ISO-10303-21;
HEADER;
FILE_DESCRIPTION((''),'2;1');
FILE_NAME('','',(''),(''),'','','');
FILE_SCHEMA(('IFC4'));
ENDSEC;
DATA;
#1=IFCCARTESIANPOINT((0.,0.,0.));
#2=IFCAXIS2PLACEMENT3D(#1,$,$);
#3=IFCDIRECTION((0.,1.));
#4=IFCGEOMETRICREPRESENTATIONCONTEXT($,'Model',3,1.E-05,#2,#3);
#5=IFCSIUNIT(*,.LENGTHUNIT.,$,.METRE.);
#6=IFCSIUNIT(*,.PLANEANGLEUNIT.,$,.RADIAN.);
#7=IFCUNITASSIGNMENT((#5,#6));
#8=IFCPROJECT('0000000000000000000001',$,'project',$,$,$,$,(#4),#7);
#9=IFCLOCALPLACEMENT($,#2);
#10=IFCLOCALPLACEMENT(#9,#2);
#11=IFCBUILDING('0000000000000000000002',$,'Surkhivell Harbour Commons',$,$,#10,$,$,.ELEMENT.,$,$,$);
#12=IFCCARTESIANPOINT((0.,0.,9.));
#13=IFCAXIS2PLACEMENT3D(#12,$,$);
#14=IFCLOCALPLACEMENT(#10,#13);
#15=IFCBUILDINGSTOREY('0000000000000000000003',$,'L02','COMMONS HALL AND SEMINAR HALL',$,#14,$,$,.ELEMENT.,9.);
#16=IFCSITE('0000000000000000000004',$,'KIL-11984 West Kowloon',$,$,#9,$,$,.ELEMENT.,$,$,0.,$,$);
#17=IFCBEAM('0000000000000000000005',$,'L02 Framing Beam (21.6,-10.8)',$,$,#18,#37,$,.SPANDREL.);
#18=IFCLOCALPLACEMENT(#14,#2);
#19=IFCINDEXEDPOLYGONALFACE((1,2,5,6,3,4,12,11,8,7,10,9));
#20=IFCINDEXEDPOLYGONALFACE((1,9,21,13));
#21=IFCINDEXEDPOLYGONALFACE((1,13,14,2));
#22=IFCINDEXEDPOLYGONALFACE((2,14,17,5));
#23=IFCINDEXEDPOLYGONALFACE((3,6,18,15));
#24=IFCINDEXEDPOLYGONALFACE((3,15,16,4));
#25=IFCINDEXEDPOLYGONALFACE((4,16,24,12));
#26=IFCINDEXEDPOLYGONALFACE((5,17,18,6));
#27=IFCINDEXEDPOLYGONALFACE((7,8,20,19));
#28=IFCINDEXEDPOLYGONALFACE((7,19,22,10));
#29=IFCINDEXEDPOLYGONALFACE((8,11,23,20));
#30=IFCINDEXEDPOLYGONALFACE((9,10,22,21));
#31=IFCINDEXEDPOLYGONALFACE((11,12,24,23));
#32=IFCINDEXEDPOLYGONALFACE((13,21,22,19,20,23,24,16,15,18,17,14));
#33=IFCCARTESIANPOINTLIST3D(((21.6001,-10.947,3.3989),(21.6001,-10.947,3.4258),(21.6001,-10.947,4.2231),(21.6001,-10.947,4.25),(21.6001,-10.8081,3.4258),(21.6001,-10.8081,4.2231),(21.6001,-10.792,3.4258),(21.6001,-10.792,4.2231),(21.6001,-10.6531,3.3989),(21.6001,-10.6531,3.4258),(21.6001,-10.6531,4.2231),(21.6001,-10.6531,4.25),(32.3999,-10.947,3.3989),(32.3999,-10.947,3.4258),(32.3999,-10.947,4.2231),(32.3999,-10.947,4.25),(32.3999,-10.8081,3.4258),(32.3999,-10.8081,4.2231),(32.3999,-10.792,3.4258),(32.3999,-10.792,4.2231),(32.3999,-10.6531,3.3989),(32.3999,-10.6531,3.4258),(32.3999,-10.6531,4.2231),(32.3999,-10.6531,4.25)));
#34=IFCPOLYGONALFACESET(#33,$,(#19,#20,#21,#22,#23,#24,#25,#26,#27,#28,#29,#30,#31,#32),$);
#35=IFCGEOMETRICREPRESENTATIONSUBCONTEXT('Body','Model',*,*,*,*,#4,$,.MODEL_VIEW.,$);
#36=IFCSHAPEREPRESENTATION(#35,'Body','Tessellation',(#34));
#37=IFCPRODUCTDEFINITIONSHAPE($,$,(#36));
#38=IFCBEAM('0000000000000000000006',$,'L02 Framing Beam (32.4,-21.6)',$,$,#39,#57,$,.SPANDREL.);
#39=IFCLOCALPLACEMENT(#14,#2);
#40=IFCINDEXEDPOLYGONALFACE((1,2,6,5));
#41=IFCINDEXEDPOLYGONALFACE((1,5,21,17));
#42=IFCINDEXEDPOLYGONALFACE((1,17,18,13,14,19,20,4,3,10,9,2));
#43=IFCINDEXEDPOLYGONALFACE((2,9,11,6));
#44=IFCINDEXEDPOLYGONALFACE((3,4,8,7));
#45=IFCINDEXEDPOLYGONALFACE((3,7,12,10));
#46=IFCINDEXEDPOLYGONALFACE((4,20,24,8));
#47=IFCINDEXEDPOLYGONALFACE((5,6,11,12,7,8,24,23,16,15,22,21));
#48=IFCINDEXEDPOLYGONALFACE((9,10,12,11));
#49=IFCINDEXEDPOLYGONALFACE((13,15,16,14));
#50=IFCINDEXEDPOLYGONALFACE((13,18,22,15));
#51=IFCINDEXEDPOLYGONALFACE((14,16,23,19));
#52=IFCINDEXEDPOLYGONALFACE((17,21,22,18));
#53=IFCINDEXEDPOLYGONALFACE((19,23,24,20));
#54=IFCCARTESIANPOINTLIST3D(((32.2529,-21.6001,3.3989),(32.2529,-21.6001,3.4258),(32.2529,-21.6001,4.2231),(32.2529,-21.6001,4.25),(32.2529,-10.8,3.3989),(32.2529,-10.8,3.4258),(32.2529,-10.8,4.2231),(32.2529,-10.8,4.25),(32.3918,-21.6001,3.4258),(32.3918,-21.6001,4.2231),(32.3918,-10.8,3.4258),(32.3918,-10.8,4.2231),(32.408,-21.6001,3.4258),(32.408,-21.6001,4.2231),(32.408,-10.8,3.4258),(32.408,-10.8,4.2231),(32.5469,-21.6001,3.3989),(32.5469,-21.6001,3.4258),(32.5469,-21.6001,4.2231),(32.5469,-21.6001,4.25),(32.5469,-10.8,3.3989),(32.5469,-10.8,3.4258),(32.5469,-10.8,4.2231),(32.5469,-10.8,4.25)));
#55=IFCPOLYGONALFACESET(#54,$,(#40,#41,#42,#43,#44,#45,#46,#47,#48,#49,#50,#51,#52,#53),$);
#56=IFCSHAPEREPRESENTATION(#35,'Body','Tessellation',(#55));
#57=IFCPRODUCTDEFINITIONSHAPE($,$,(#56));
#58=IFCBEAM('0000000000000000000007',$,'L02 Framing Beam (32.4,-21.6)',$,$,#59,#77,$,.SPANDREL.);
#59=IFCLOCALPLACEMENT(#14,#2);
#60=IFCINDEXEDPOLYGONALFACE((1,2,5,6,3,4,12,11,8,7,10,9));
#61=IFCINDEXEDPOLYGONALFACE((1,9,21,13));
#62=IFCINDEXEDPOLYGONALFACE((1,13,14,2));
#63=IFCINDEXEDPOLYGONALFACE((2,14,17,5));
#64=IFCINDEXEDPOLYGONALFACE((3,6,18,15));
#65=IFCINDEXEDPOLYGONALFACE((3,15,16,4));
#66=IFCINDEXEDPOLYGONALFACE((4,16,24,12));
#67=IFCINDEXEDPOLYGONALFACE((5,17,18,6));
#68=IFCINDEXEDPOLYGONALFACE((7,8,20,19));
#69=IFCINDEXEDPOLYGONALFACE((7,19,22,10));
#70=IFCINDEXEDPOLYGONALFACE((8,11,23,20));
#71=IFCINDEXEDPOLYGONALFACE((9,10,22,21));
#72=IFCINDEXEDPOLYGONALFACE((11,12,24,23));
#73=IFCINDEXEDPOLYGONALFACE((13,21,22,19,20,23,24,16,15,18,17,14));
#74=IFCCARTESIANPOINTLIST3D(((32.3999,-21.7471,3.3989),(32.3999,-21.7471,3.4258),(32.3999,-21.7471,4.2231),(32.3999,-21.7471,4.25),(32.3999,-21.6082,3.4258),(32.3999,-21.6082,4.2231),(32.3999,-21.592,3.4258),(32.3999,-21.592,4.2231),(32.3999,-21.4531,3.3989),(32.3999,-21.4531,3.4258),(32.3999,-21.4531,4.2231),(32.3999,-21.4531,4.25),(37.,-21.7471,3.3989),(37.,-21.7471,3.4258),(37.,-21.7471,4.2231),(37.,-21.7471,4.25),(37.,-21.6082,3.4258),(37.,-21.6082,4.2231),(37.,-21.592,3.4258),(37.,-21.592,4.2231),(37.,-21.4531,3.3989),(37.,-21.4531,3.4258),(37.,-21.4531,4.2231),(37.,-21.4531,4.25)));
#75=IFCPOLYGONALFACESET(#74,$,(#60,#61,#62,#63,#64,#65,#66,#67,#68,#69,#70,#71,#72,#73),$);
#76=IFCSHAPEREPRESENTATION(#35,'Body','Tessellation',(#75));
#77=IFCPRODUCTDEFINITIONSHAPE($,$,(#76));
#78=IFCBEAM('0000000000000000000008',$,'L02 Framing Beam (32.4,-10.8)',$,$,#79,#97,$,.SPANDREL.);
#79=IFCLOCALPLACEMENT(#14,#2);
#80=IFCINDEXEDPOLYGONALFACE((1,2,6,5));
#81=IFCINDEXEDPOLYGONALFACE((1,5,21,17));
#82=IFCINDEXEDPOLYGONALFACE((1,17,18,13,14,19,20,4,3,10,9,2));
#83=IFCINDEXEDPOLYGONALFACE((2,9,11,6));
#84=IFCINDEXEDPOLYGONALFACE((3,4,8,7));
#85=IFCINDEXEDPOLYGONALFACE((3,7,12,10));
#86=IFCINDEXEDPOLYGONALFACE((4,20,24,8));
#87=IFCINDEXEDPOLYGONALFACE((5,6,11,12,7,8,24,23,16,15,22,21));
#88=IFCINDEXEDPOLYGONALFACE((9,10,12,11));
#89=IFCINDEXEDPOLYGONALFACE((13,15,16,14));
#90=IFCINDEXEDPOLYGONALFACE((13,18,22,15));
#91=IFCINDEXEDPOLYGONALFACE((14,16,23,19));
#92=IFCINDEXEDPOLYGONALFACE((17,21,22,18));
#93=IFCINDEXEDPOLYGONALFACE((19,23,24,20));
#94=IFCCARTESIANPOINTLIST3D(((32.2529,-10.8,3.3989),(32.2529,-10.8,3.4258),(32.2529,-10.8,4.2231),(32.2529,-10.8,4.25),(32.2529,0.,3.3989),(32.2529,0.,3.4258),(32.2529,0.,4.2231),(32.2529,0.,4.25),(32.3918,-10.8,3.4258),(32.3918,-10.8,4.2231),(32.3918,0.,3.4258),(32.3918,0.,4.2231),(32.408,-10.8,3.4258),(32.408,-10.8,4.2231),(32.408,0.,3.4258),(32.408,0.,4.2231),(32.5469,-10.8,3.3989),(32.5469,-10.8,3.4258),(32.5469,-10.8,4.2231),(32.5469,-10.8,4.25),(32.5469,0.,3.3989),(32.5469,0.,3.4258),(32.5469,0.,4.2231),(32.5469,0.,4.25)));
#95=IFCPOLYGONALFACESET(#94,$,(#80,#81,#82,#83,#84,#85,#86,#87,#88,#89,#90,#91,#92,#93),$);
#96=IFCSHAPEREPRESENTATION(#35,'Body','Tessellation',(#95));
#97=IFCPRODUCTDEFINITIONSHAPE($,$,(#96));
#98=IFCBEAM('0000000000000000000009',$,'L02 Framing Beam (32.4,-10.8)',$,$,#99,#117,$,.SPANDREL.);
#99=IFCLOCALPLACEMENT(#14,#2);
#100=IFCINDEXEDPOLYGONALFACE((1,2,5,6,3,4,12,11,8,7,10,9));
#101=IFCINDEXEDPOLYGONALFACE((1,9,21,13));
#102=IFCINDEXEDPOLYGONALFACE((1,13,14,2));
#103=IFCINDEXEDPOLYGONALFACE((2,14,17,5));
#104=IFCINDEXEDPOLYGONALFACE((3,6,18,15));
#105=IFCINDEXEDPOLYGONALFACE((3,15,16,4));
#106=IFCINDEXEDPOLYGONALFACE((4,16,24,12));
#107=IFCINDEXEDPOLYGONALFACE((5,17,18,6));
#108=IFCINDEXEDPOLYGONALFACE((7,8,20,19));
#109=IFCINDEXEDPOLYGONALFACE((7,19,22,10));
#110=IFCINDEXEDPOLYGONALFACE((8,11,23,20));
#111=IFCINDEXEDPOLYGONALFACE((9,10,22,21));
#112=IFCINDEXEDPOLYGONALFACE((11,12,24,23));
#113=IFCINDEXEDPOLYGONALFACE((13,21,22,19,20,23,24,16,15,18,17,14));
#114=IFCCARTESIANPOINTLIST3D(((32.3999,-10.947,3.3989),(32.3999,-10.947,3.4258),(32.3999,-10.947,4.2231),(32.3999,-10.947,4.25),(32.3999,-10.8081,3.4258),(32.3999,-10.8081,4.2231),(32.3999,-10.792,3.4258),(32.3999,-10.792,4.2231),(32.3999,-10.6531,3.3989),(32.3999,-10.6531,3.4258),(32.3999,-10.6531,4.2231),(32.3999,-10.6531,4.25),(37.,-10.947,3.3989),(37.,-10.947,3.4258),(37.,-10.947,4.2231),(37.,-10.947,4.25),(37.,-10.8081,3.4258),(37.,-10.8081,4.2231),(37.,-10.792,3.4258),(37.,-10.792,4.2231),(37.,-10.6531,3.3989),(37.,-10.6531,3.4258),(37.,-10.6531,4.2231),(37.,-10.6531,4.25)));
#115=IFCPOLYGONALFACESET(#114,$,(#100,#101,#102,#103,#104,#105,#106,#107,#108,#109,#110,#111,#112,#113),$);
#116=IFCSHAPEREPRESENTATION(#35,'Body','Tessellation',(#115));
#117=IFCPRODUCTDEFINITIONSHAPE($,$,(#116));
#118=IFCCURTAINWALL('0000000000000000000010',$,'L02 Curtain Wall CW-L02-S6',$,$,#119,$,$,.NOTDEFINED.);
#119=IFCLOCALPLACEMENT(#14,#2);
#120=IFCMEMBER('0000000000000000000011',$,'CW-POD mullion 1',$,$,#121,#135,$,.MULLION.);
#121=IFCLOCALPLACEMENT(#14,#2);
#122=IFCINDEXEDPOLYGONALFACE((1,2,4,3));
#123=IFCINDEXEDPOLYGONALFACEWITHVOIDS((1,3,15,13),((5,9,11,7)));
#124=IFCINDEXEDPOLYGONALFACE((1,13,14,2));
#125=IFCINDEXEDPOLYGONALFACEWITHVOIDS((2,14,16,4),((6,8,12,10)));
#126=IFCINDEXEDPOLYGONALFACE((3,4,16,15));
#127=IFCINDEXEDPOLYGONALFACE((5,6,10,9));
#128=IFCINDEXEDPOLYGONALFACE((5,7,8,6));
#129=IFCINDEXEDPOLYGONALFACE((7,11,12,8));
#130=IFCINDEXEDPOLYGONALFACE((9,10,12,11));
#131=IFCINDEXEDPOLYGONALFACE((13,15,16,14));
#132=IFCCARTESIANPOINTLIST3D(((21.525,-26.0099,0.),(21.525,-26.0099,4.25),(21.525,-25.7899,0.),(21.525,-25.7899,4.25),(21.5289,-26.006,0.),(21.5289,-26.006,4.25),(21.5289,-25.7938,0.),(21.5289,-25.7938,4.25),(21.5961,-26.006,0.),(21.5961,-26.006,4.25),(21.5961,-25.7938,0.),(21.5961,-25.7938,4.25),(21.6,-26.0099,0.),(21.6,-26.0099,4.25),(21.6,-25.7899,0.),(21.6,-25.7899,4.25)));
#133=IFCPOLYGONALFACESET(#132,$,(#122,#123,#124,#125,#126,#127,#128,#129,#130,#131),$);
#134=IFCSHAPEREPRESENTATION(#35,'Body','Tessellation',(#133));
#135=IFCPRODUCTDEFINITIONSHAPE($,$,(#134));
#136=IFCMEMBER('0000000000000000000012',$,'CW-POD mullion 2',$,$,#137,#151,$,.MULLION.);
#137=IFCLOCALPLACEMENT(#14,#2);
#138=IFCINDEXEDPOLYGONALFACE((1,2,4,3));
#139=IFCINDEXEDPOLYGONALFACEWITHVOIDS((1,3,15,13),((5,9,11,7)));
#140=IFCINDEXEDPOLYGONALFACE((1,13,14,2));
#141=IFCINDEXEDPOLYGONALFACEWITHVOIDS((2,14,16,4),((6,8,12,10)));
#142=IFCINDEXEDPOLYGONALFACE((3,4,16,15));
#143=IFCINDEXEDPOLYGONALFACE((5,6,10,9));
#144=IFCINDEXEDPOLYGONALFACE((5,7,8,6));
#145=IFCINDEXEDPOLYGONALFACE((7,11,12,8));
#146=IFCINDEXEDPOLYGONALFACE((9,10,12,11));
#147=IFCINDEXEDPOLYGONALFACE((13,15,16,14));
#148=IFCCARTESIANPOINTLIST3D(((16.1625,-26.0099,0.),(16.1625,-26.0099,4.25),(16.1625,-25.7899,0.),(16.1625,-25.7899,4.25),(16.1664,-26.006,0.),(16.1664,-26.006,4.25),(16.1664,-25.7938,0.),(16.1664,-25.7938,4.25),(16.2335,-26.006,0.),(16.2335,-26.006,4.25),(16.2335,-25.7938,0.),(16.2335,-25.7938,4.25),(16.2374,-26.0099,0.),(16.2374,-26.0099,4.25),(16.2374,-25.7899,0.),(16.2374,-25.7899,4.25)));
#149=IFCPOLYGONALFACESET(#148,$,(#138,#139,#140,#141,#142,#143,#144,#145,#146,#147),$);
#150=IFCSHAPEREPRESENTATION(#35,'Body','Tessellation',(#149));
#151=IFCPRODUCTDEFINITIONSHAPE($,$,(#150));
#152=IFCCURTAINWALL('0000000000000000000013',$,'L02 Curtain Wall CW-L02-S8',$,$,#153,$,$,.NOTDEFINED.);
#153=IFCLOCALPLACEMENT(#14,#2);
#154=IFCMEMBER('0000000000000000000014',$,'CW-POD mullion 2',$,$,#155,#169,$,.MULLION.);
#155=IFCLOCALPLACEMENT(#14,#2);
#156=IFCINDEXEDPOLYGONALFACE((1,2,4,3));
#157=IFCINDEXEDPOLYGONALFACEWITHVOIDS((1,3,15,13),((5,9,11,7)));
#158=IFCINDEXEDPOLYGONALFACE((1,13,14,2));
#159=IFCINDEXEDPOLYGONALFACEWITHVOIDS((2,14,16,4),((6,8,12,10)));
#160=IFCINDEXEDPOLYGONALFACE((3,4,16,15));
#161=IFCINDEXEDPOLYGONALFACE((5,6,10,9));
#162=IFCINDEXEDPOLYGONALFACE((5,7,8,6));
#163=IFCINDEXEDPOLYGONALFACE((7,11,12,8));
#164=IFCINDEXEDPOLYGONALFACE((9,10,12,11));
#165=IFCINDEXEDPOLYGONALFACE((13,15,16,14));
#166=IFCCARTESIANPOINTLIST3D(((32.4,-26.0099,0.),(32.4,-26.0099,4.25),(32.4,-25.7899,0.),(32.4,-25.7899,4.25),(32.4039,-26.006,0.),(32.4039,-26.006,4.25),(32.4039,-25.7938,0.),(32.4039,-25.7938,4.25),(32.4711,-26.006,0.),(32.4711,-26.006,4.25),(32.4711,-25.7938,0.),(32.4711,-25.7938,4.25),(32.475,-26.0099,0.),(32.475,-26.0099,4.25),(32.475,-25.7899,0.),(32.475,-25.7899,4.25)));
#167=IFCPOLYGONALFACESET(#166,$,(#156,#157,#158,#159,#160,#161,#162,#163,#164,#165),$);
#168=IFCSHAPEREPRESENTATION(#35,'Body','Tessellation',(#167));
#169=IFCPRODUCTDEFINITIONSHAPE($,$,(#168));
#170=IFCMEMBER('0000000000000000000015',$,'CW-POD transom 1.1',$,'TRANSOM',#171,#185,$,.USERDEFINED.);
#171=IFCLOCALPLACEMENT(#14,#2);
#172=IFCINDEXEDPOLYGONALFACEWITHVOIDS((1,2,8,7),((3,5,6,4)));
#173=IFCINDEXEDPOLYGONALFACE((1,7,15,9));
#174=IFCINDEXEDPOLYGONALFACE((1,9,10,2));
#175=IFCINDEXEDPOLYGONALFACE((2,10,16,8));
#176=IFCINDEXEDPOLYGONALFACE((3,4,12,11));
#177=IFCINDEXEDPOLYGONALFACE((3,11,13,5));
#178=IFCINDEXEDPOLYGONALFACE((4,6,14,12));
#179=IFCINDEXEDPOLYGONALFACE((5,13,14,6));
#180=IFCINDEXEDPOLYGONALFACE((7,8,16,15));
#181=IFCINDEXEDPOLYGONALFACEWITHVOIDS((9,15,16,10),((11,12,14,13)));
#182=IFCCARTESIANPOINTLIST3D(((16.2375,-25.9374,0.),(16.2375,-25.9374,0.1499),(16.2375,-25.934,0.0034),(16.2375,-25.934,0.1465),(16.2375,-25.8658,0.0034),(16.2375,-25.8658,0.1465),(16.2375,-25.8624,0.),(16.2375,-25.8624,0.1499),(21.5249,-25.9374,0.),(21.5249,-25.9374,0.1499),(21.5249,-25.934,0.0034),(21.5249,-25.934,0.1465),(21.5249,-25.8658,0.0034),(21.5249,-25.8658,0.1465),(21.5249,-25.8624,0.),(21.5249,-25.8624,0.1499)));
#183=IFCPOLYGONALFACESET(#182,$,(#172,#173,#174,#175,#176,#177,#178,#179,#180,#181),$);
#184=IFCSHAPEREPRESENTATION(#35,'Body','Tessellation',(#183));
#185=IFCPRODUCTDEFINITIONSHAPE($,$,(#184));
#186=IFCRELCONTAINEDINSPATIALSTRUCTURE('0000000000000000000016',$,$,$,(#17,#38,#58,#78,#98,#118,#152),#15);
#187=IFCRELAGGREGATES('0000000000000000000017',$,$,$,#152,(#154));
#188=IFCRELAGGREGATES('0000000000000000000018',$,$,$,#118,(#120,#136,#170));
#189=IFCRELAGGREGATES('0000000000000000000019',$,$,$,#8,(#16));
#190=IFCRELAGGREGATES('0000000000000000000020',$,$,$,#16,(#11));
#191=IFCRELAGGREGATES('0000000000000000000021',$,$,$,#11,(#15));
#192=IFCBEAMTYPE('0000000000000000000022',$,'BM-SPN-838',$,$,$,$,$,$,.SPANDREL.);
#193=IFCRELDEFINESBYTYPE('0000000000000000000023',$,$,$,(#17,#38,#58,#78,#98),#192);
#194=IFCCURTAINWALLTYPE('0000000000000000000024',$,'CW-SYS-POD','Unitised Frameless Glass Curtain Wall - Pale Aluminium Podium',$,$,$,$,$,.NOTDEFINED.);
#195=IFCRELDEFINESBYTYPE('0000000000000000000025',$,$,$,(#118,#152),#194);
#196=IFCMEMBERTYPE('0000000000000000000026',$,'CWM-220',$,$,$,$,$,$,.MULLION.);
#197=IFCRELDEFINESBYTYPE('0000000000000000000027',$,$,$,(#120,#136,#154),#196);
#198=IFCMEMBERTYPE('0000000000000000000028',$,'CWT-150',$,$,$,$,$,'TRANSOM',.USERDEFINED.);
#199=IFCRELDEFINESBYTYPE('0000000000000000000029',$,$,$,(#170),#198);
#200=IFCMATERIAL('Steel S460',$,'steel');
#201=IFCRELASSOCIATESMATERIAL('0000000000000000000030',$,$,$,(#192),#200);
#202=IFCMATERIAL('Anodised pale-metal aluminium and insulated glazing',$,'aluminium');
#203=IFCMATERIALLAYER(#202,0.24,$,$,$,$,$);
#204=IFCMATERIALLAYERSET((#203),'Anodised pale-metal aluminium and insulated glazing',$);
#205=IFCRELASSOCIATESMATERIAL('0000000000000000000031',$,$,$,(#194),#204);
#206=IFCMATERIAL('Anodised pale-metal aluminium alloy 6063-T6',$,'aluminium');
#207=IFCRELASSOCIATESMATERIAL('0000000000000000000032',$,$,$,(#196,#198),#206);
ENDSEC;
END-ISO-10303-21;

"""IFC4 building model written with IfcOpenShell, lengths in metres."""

from ifc_helpers import new_model, si_unit, direction, frame, origin, origin_2d, place, context, subcontext, project, spatial, hollow_rectangle, i_section, extrude, material, layer, layer_set, material_profile, profile_set, type_object, element, aggregate, save


model = new_model("IFC4")

# Units and contexts
model_context = context("Model", 3, precision=1e-05, world=origin(), true_north=direction((0.0, 1.0)))
body_context = subcontext(model_context, "Body", "Model", "MODEL_VIEW")
ifc_project = project(units=[si_unit("LENGTHUNIT", "METRE"), si_unit("PLANEANGLEUNIT", "RADIAN")], contexts=[model_context])

# Site, building, storey
site_placement = place(None, origin())
site = spatial("IfcSite", under=ifc_project, at=site_placement, Name="KIL-11984 West Kowloon", CompositionType="ELEMENT", RefElevation=0.0)
building_placement = place(site_placement, origin())
building = spatial("IfcBuilding", under=site, at=building_placement, Name="Surkhivell Harbour Commons", CompositionType="ELEMENT")
storey_placement = place(building_placement, frame((0.0, 0.0, 9.0)))
storey = spatial("IfcBuildingStorey", under=building, at=storey_placement, Name="L02", Description="COMMONS HALL AND SEMINAR HALL", CompositionType="ELEMENT", Elevation=9.0)

# Beams
ifc_material_1 = material(Name="Steel S460", Category="steel")
ifc_material_profile_1 = material_profile(ifc_material_1, i_section(OverallWidth=0.2939, OverallDepth=0.8511, WebThickness=0.0161, FlangeThickness=0.0269, at=origin_2d()), Name="UB838x292x226")
ifc_profile_set_1 = profile_set([ifc_material_profile_1], Name="Steel S460")
beam_type = type_object("IfcBeamType", Name="BM-SPN-838", PredefinedType="SPANDREL", material=ifc_profile_set_1)
beam_1_placement = place(storey_placement, frame((21.6001, -10.8, 3.8245), z_axis=(1.0, 0.0, 0.0), x_axis=(0.0, 1.0, 0.0)))
element("IfcBeam", 1, at=beam_1_placement, inside=storey, type_object=beam_type, Name="L02 Framing Beam (21.6,-10.8)", PredefinedType="SPANDREL", context=body_context, shape_type="SweptSolid", body=[
    extrude(i_section(OverallWidth=0.2939, OverallDepth=0.8511, WebThickness=0.0161, FlangeThickness=0.0269, at=origin_2d()), origin(), (0.0, 0.0, 1.0), 10.7998),
])
beam_2_placement = place(storey_placement, frame((32.3999, -21.6001, 3.8245), z_axis=(0.0, 1.0, 0.0), x_axis=(-1.0, 0.0, 0.0)))
element("IfcBeam", 2, at=beam_2_placement, inside=storey, type_object=beam_type, Name="L02 Framing Beam (32.4,-21.6)", PredefinedType="SPANDREL", context=body_context, shape_type="SweptSolid", body=[
    extrude(i_section(OverallWidth=0.2939, OverallDepth=0.8511, WebThickness=0.0161, FlangeThickness=0.0269, at=origin_2d()), origin(), (0.0, 0.0, 1.0), 10.8),
])
beam_3_placement = place(storey_placement, frame((32.3999, -21.6001, 3.8245), z_axis=(1.0, 0.0, 0.0), x_axis=(0.0, 1.0, 0.0)))
element("IfcBeam", 3, at=beam_3_placement, inside=storey, type_object=beam_type, Name="L02 Framing Beam (32.4,-21.6)", PredefinedType="SPANDREL", context=body_context, shape_type="SweptSolid", body=[
    extrude(i_section(OverallWidth=0.2939, OverallDepth=0.8511, WebThickness=0.0161, FlangeThickness=0.0269, at=origin_2d()), origin(), (0.0, 0.0, 1.0), 4.6001),
])
beam_4_placement = place(storey_placement, frame((32.3999, -10.8, 3.8245), z_axis=(0.0, 1.0, 0.0), x_axis=(-1.0, 0.0, 0.0)))
element("IfcBeam", 4, at=beam_4_placement, inside=storey, type_object=beam_type, Name="L02 Framing Beam (32.4,-10.8)", PredefinedType="SPANDREL", context=body_context, shape_type="SweptSolid", body=[
    extrude(i_section(OverallWidth=0.2939, OverallDepth=0.8511, WebThickness=0.0161, FlangeThickness=0.0269, at=origin_2d()), origin(), (0.0, 0.0, 1.0), 10.8),
])
beam_5_placement = place(storey_placement, frame((32.3999, -10.8, 3.8245), z_axis=(1.0, 0.0, 0.0), x_axis=(0.0, 1.0, 0.0)))
element("IfcBeam", 5, at=beam_5_placement, inside=storey, type_object=beam_type, Name="L02 Framing Beam (32.4,-10.8)", PredefinedType="SPANDREL", context=body_context, shape_type="SweptSolid", body=[
    extrude(i_section(OverallWidth=0.2939, OverallDepth=0.8511, WebThickness=0.0161, FlangeThickness=0.0269, at=origin_2d()), origin(), (0.0, 0.0, 1.0), 4.6001),
])

# Curtain wall, members
ifc_material_2 = material(Name="Anodised pale-metal aluminium and insulated glazing", Category="aluminium")
ifc_layer_1 = layer(ifc_material_2, 0.24)
ifc_layer_set_1 = layer_set([ifc_layer_1], Name="Anodised pale-metal aluminium and insulated glazing")
curtain_wall_type = type_object("IfcCurtainWallType", Name="CW-SYS-POD", Description="Unitised Frameless Glass Curtain Wall - Pale Aluminium Podium", PredefinedType="NOTDEFINED", material=ifc_layer_set_1)
curtain_wall_1_placement = place(storey_placement, origin())
curtain_wall_1 = element("IfcCurtainWall", 6, at=curtain_wall_1_placement, inside=storey, type_object=curtain_wall_type, Name="L02 Curtain Wall CW-L02-S6", PredefinedType="NOTDEFINED")
ifc_material_3 = material(Name="Anodised pale-metal aluminium alloy 6063-T6", Category="aluminium")
ifc_material_profile_2 = material_profile(ifc_material_3, hollow_rectangle(XDim=0.075, YDim=0.22, WallThickness=0.0039, at=origin_2d()), Name="ALU-MULL-75x220")
ifc_profile_set_2 = profile_set([ifc_material_profile_2], Name="Anodised pale-metal aluminium alloy 6063-T6")
member_type_1 = type_object("IfcMemberType", Name="CWM-220", PredefinedType="MULLION", material=ifc_profile_set_2)
member_1_placement = place(storey_placement, frame((21.5625, -25.8999, 0.0), z_axis=(0.0, 0.0, 1.0), x_axis=(-1.0, 0.0, 0.0)))
member_1 = element("IfcMember", 7, at=member_1_placement, type_object=member_type_1, Name="CW-POD mullion 1", PredefinedType="MULLION", context=body_context, shape_type="SweptSolid", body=[
    extrude(hollow_rectangle(XDim=0.075, YDim=0.22, WallThickness=0.0039, at=origin_2d()), origin(), (0.0, 0.0, 1.0), 4.25),
])
member_2_placement = place(storey_placement, frame((16.2, -25.8999, 0.0), z_axis=(0.0, 0.0, 1.0), x_axis=(-1.0, 0.0, 0.0)))
member_2 = element("IfcMember", 8, at=member_2_placement, type_object=member_type_1, Name="CW-POD mullion 2", PredefinedType="MULLION", context=body_context, shape_type="SweptSolid", body=[
    extrude(hollow_rectangle(XDim=0.075, YDim=0.22, WallThickness=0.0039, at=origin_2d()), origin(), (0.0, 0.0, 1.0), 4.25),
])

# Curtain wall, member
curtain_wall_2_placement = place(storey_placement, origin())
curtain_wall_2 = element("IfcCurtainWall", 9, at=curtain_wall_2_placement, inside=storey, type_object=curtain_wall_type, Name="L02 Curtain Wall CW-L02-S8", PredefinedType="NOTDEFINED")
member_3_placement = place(storey_placement, frame((32.4375, -25.8999, 0.0), z_axis=(0.0, 0.0, 1.0), x_axis=(-1.0, 0.0, 0.0)))
member_3 = element("IfcMember", 10, at=member_3_placement, type_object=member_type_1, Name="CW-POD mullion 2", PredefinedType="MULLION", context=body_context, shape_type="SweptSolid", body=[
    extrude(hollow_rectangle(XDim=0.075, YDim=0.22, WallThickness=0.0039, at=origin_2d()), origin(), (0.0, 0.0, 1.0), 4.25),
])
aggregate(curtain_wall_2, [member_3])

# Member
ifc_material_profile_3 = material_profile(ifc_material_3, hollow_rectangle(XDim=0.075, YDim=0.1499, WallThickness=0.0034, at=origin_2d()), Name="ALU-TRAN-75x150")
ifc_profile_set_3 = profile_set([ifc_material_profile_3], Name="Anodised pale-metal aluminium alloy 6063-T6")
member_type_2 = type_object("IfcMemberType", Name="CWT-150", ElementType="TRANSOM", PredefinedType="USERDEFINED", material=ifc_profile_set_3)
member_4_placement = place(storey_placement, frame((21.5249, -25.8999, 0.075), z_axis=(-1.0, 0.0, 0.0), x_axis=(0.0, -1.0, 0.0)))
member_4 = element("IfcMember", 11, at=member_4_placement, type_object=member_type_2, Name="CW-POD transom 1.1", ObjectType="TRANSOM", PredefinedType="USERDEFINED", context=body_context, shape_type="SweptSolid", body=[
    extrude(hollow_rectangle(XDim=0.075, YDim=0.1499, WallThickness=0.0034, at=origin_2d()), origin(), (0.0, 0.0, 1.0), 5.2874),
])

aggregate(curtain_wall_1, [member_1, member_2, member_4])

save(model, "model.ifc")
